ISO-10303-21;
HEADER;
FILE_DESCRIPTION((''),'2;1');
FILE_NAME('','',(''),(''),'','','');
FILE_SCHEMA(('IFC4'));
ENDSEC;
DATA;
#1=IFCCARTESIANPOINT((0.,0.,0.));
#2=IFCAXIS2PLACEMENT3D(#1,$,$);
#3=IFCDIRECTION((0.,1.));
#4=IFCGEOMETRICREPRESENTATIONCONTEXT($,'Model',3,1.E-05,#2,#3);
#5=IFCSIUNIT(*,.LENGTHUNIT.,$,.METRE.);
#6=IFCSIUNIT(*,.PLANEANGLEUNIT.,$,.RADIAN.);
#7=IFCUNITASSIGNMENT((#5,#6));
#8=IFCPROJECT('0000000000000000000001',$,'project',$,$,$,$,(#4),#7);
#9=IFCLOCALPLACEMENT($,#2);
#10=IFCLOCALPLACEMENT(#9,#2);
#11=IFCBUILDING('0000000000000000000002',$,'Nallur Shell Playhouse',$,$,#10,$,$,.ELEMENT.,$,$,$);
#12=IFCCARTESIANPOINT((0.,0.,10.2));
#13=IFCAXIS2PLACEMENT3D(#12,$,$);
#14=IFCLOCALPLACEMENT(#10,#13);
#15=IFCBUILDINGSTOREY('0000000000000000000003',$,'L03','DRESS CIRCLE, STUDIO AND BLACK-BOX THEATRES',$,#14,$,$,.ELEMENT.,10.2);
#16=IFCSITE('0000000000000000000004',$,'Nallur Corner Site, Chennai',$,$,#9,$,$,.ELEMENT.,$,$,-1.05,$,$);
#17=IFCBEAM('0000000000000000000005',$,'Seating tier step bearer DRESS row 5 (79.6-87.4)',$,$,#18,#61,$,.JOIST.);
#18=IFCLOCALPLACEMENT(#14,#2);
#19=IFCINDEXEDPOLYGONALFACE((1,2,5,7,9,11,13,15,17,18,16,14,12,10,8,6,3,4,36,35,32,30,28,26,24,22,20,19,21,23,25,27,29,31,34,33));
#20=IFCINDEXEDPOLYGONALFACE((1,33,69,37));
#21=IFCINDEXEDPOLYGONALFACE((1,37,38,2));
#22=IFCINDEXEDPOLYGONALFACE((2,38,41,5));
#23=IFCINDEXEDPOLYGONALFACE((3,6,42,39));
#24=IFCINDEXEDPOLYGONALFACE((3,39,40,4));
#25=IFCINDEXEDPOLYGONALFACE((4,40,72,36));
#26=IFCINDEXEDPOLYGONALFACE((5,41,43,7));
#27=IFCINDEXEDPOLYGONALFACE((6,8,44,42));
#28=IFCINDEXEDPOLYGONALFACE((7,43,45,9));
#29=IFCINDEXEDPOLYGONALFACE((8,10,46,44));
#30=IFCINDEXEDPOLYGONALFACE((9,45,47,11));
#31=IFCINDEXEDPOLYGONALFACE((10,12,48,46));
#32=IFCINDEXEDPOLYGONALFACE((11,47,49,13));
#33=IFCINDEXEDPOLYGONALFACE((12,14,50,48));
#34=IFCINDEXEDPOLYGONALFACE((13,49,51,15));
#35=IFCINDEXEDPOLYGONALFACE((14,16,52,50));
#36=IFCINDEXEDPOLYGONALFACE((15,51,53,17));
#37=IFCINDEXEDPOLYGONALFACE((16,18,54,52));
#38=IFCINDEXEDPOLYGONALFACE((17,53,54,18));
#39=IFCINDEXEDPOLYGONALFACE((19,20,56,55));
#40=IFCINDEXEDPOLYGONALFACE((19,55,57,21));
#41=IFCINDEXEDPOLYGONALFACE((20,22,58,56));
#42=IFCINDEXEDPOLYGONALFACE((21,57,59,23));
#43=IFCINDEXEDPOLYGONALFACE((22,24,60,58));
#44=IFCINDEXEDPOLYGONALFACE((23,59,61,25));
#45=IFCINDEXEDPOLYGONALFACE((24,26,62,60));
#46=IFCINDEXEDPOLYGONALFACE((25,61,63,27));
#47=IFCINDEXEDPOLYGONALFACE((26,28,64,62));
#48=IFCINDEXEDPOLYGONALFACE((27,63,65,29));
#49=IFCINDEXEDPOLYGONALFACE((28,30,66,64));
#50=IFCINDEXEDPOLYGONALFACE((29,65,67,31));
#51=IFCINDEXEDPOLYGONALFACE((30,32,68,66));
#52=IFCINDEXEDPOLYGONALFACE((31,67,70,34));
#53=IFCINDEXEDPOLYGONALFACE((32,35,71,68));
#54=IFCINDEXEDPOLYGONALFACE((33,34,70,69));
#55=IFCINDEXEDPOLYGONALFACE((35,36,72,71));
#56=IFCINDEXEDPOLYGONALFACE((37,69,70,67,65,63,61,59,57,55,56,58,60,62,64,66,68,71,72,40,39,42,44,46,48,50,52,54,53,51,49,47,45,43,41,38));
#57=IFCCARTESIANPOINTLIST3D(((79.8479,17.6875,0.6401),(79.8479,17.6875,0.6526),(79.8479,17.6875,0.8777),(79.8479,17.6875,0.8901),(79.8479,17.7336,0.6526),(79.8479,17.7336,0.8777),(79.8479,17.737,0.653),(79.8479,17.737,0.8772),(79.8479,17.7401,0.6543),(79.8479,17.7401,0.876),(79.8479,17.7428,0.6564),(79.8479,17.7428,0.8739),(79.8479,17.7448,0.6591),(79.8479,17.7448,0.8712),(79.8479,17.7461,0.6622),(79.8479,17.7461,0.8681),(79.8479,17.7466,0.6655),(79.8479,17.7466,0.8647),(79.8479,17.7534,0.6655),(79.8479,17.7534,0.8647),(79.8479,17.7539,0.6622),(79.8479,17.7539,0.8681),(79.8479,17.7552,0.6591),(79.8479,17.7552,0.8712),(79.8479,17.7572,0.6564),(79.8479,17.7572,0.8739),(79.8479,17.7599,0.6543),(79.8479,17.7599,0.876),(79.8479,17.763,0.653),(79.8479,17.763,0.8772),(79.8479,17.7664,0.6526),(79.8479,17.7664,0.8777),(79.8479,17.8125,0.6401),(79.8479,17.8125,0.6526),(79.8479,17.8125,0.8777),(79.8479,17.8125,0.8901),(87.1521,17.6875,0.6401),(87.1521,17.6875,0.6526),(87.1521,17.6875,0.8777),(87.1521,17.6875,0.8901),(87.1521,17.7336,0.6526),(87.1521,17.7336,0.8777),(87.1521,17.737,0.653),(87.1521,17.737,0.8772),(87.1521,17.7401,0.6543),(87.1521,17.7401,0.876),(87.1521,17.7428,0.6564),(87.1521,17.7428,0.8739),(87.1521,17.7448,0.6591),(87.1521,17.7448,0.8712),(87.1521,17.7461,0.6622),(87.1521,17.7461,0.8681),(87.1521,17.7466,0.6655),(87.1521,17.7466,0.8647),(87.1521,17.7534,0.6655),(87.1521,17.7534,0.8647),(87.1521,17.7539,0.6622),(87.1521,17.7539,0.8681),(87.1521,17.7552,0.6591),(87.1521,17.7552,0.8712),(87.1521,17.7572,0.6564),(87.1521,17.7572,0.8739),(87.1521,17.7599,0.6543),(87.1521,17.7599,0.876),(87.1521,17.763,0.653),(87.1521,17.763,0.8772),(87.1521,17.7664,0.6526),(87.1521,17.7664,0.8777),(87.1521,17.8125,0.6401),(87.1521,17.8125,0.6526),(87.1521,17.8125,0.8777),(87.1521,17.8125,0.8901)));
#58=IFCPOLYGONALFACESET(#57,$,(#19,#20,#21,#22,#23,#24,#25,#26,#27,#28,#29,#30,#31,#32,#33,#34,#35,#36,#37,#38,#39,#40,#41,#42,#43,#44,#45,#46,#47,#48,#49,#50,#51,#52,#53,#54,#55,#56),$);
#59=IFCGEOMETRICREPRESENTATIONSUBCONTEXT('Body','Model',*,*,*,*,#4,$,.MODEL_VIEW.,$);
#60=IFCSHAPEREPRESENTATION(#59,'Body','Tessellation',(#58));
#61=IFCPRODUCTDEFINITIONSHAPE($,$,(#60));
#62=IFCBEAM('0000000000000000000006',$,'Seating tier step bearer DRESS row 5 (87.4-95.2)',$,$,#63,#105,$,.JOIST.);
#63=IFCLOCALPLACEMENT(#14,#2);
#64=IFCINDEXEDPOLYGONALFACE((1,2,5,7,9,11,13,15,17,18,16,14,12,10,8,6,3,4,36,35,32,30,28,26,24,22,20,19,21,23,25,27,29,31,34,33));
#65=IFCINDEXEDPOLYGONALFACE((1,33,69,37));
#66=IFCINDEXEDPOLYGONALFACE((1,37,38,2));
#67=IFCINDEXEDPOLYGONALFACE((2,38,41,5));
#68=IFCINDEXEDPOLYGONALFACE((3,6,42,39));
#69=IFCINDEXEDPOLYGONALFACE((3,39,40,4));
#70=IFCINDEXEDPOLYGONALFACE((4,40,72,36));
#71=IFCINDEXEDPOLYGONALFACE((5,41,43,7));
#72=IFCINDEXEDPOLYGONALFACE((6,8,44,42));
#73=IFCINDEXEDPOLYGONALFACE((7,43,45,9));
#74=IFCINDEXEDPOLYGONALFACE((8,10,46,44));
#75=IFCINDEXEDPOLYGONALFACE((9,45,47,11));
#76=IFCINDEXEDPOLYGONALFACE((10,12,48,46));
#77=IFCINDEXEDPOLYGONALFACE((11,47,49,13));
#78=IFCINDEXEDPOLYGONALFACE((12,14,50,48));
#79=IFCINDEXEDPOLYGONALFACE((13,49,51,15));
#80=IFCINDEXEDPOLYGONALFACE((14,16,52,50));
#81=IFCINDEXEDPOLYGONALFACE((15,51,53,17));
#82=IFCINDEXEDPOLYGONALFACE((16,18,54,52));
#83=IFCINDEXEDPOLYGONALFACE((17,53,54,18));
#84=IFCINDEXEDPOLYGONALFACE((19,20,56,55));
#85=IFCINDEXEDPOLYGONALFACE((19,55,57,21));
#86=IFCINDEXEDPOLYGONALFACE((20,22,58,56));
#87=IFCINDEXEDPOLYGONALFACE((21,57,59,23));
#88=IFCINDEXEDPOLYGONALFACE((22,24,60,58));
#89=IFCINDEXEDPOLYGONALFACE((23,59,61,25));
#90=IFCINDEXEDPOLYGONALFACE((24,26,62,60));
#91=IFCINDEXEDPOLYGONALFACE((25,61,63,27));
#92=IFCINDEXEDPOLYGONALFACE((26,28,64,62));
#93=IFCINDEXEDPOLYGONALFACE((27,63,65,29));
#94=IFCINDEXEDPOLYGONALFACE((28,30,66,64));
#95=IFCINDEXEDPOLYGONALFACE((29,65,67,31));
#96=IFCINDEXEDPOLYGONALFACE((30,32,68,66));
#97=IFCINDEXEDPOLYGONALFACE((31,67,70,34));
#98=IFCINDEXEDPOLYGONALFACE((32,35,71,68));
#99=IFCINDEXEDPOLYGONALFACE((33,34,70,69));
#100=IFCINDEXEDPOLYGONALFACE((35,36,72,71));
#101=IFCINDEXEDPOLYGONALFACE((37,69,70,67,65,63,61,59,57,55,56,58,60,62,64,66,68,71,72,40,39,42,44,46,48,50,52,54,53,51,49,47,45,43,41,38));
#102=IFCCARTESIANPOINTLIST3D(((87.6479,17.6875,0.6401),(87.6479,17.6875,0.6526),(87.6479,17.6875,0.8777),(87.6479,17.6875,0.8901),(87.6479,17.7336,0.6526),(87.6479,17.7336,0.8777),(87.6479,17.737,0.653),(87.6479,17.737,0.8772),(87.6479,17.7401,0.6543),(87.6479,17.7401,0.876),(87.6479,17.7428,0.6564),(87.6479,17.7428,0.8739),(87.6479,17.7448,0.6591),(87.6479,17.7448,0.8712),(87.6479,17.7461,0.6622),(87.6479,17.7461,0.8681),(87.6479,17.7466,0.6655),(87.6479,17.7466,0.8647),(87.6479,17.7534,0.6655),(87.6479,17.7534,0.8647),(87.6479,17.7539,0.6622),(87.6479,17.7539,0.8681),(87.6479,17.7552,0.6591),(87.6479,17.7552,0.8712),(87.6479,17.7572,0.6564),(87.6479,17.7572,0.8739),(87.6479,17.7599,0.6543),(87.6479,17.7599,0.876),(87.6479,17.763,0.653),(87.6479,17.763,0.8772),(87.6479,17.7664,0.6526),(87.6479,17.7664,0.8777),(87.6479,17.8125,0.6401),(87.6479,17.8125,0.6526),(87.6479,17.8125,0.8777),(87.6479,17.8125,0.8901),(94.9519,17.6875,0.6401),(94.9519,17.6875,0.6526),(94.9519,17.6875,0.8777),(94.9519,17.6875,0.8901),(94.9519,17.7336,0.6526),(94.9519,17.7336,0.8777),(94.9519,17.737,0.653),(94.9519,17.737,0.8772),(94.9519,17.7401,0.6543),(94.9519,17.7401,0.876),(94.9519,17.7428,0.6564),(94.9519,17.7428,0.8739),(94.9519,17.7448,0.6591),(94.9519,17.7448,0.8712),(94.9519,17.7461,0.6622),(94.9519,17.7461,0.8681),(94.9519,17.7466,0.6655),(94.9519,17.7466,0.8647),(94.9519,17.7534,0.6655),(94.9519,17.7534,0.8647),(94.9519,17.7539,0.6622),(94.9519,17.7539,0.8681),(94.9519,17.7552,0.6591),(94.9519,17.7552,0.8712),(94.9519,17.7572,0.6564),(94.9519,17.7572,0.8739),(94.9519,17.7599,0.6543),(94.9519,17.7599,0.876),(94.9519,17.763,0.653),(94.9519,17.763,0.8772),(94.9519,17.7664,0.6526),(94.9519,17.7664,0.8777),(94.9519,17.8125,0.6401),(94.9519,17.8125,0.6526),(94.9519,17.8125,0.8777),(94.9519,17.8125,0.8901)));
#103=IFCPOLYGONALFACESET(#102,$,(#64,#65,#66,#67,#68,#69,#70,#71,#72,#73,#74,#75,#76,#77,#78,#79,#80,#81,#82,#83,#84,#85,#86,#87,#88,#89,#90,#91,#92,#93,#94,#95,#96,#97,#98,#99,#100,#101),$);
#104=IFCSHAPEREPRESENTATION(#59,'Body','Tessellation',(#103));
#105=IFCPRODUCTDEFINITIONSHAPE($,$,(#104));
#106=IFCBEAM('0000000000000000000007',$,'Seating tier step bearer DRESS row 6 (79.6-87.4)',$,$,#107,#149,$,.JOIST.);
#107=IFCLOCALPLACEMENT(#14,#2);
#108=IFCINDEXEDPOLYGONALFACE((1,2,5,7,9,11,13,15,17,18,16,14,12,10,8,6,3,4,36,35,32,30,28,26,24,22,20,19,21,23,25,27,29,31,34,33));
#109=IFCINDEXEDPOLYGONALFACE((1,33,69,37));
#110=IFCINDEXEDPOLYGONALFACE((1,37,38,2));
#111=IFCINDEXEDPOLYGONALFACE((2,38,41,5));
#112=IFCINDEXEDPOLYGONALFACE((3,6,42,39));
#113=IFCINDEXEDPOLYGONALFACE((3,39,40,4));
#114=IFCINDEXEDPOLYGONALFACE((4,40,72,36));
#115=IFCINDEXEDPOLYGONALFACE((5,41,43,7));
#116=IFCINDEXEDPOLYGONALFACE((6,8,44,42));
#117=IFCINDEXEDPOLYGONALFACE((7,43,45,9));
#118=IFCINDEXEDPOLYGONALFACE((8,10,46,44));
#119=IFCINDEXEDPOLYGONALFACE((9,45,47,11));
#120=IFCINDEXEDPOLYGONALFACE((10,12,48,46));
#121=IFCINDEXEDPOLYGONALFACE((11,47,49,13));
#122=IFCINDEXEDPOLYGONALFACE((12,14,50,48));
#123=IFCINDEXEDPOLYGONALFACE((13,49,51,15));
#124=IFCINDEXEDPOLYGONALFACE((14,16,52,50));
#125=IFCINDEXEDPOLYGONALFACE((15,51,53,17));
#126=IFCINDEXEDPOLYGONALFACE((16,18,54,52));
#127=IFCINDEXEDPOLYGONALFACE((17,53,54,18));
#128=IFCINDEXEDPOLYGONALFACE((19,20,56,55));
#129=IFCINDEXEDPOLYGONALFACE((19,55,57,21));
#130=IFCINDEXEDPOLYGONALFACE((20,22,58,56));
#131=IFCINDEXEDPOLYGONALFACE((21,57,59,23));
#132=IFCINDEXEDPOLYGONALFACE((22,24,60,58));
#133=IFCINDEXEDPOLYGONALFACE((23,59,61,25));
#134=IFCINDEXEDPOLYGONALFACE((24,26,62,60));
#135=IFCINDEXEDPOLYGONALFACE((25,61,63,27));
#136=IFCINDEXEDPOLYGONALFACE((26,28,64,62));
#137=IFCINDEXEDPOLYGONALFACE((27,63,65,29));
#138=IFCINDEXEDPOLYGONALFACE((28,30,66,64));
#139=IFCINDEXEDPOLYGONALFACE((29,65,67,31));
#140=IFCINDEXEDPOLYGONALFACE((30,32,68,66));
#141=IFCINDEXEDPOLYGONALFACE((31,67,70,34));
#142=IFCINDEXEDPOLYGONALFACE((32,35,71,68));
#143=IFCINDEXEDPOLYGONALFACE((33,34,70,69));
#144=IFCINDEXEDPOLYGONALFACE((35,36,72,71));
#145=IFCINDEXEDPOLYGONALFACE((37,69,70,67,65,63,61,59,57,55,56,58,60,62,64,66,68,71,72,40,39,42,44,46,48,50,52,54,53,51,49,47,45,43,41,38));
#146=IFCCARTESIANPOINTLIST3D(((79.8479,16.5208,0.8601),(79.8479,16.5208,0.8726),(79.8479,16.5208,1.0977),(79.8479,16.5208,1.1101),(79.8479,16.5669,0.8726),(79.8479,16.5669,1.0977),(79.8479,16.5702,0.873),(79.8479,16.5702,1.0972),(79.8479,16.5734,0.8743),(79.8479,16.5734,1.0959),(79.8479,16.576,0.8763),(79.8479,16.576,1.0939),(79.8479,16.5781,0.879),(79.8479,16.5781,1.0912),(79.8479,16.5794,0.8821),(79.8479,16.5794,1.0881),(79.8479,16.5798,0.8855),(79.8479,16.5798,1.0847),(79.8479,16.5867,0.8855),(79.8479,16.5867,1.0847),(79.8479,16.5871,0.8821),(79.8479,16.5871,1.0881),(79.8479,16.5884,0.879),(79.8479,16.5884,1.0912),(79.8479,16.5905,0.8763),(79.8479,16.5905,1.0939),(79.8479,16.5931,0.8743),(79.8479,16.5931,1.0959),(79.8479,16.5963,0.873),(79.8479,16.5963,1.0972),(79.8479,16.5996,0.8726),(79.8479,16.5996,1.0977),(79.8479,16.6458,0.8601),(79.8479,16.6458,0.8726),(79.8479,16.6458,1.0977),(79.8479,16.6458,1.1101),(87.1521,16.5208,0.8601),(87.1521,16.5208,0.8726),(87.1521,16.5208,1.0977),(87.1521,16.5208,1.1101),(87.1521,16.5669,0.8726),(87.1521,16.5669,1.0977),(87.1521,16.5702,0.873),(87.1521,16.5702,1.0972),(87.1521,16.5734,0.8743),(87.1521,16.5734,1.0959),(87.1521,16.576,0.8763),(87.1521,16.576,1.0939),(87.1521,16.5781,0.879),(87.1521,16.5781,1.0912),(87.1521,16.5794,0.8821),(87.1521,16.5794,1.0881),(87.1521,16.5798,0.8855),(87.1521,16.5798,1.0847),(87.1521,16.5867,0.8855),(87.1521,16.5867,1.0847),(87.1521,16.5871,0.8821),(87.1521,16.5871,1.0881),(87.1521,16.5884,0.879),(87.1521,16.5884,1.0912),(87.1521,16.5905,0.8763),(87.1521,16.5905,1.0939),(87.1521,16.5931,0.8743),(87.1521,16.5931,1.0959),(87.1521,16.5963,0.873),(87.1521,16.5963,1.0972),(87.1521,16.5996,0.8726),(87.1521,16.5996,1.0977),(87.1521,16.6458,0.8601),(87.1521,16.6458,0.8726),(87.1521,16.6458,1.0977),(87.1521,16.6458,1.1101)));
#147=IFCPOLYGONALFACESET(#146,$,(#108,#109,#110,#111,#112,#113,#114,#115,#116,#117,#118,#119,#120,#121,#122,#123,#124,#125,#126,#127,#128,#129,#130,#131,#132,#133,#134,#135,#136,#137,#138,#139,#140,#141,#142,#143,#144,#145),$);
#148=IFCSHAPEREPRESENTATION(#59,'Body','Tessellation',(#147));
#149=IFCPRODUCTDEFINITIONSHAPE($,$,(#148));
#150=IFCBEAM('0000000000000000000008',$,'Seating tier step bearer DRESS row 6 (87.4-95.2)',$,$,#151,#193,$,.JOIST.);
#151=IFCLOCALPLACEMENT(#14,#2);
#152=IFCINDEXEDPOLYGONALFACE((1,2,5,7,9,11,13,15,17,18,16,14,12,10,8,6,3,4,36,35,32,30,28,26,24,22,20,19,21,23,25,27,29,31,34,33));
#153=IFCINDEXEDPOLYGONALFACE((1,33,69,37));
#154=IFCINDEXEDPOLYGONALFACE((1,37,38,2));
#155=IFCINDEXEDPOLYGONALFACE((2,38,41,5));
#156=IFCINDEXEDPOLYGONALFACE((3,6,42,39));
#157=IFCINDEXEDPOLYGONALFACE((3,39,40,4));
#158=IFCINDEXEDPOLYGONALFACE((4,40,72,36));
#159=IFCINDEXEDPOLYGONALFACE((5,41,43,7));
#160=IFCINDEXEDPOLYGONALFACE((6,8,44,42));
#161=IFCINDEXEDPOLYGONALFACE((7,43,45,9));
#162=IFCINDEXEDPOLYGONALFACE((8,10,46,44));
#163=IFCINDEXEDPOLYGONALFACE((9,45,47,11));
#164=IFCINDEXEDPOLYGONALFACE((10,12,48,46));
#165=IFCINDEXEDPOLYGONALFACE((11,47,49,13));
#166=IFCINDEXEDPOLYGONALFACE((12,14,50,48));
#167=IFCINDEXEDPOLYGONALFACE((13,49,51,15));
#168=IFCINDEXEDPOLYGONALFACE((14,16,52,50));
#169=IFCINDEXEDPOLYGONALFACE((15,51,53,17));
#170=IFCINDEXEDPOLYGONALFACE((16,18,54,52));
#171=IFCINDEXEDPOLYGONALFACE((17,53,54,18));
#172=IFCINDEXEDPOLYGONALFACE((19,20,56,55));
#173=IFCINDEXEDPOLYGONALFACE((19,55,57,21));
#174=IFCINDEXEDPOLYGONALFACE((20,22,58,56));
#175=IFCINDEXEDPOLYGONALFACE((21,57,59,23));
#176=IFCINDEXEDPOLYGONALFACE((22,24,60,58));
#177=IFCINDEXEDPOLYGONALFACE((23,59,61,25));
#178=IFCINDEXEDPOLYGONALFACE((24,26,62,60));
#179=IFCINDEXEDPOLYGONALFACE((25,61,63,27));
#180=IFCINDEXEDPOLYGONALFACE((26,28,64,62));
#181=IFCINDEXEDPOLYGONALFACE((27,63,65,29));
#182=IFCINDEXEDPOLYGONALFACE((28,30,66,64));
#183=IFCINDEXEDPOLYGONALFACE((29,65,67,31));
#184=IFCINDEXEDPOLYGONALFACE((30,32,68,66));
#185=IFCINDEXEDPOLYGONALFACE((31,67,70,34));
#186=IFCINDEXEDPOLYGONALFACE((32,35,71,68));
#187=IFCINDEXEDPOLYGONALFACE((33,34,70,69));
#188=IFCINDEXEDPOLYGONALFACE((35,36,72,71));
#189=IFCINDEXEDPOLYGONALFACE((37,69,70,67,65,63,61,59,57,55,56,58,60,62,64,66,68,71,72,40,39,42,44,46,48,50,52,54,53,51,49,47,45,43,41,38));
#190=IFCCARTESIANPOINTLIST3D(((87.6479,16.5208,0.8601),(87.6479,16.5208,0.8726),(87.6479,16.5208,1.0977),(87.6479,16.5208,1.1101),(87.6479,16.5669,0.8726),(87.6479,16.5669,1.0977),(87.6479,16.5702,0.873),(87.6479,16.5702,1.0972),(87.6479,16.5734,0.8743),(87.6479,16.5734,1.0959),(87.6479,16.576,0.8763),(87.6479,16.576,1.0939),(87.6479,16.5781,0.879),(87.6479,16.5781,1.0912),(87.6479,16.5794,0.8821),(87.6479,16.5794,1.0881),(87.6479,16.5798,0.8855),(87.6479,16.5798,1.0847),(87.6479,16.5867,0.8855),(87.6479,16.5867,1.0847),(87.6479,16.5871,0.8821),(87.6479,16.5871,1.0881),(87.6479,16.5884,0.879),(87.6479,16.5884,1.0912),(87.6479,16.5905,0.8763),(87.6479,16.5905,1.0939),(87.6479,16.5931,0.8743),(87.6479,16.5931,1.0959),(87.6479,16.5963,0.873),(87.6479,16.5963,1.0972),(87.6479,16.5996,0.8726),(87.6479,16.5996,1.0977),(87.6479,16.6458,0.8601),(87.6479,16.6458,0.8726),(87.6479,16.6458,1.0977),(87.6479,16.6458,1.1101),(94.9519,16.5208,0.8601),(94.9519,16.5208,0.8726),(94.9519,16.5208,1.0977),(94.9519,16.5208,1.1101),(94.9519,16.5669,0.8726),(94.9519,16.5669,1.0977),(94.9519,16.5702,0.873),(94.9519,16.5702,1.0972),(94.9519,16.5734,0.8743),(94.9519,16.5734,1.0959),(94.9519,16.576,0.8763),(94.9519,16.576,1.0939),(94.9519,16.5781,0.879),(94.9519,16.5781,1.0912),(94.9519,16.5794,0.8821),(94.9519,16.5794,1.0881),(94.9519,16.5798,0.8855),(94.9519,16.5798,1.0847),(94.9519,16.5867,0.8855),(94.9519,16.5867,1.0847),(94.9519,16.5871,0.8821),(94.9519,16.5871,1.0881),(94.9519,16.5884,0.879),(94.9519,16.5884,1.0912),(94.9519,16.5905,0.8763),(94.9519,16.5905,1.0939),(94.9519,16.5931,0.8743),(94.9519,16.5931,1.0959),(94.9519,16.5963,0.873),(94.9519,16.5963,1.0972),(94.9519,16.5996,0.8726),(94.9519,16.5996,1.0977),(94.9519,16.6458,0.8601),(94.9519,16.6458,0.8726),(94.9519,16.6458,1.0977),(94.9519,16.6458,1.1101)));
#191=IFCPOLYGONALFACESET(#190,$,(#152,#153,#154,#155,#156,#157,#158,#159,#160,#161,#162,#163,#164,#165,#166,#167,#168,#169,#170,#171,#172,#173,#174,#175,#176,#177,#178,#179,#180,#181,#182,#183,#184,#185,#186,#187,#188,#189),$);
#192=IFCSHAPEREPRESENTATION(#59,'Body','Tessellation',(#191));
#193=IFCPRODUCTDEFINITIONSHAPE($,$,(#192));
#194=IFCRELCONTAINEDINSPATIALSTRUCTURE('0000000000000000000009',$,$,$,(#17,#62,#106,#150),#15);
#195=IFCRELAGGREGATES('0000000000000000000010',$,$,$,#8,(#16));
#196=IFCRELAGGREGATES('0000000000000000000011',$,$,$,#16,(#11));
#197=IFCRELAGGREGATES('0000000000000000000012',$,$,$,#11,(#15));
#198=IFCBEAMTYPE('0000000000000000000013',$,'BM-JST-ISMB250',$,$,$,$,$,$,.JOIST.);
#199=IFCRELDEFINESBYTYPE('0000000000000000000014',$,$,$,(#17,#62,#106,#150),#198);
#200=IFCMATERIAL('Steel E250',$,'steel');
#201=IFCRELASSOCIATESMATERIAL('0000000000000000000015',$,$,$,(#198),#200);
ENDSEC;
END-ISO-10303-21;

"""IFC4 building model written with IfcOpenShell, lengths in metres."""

from ifc_helpers import new_model, si_unit, direction, frame, origin, origin_2d, place, context, subcontext, project, spatial, i_section, extrude, material, material_profile, profile_set, type_object, element, save


model = new_model("IFC4")

# Units and contexts
model_context = context("Model", 3, precision=1e-05, world=origin(), true_north=direction((0.0, 1.0)))
body_context = subcontext(model_context, "Body", "Model", "MODEL_VIEW")
ifc_project = project(units=[si_unit("LENGTHUNIT", "METRE"), si_unit("PLANEANGLEUNIT", "RADIAN")], contexts=[model_context])

# Site, building, storey
site_placement = place(None, origin())
site = spatial("IfcSite", under=ifc_project, at=site_placement, Name="Nallur Corner Site, Chennai", CompositionType="ELEMENT", RefElevation=-1.05)
building_placement = place(site_placement, origin())
building = spatial("IfcBuilding", under=site, at=building_placement, Name="Nallur Shell Playhouse", CompositionType="ELEMENT")
storey_placement = place(building_placement, frame((0.0, 0.0, 10.2)))
storey = spatial("IfcBuildingStorey", under=building, at=storey_placement, Name="L03", Description="DRESS CIRCLE, STUDIO AND BLACK-BOX THEATRES", CompositionType="ELEMENT", Elevation=10.2)

# Beams
ifc_material_1 = material(Name="Steel E250", Category="steel")
ifc_material_profile_1 = material_profile(ifc_material_1, i_section(OverallWidth=0.125, OverallDepth=0.25, WebThickness=0.0068, FlangeThickness=0.0125, FilletRadius=0.0129, at=origin_2d()), Name="ISMB 250")
ifc_profile_set_1 = profile_set([ifc_material_profile_1], Name="Steel E250")
beam_type_1 = type_object("IfcBeamType", Name="BM-JST-ISMB250", PredefinedType="JOIST", material=ifc_profile_set_1)
beam_1_placement = place(storey_placement, frame((79.8479, 17.75, 0.7651), z_axis=(1.0, 0.0, 0.0), x_axis=(0.0, 1.0, 0.0)))
element("IfcBeam", 1, at=beam_1_placement, inside=storey, type_object=beam_type_1, Name="Seating tier step bearer DRESS row 5 (79.6-87.4)", PredefinedType="JOIST", context=body_context, shape_type="SweptSolid", body=[
    extrude(i_section(OverallWidth=0.125, OverallDepth=0.25, WebThickness=0.0068, FlangeThickness=0.0125, FilletRadius=0.0129, at=origin_2d()), origin(), (0.0, 0.0, 1.0), 7.3042),
])
beam_2_placement = place(storey_placement, frame((87.6479, 17.75, 0.7651), z_axis=(1.0, 0.0, 0.0), x_axis=(0.0, 1.0, 0.0)))
element("IfcBeam", 2, at=beam_2_placement, inside=storey, type_object=beam_type_1, Name="Seating tier step bearer DRESS row 5 (87.4-95.2)", PredefinedType="JOIST", context=body_context, shape_type="SweptSolid", body=[
    extrude(i_section(OverallWidth=0.125, OverallDepth=0.25, WebThickness=0.0068, FlangeThickness=0.0125, FilletRadius=0.0129, at=origin_2d()), origin(), (0.0, 0.0, 1.0), 7.304),
])
beam_3_placement = place(storey_placement, frame((79.8479, 16.5833, 0.9851), z_axis=(1.0, 0.0, 0.0), x_axis=(0.0, 1.0, 0.0)))
element("IfcBeam", 3, at=beam_3_placement, inside=storey, type_object=beam_type_1, Name="Seating tier step bearer DRESS row 6 (79.6-87.4)", PredefinedType="JOIST", context=body_context, shape_type="SweptSolid", body=[
    extrude(i_section(OverallWidth=0.125, OverallDepth=0.25, WebThickness=0.0068, FlangeThickness=0.0125, FilletRadius=0.0129, at=origin_2d()), origin(), (0.0, 0.0, 1.0), 7.3042),
])
for number, where, z_axis, x_axis, name in (
    (4, (87.6479, 16.5833, 0.9851), (1.0, 0.0, 0.0), (0.0, 1.0, 0.0), "Seating tier step bearer DRESS row 6 (87.4-95.2)"),
):
    element("IfcBeam", number, at=place(storey_placement, frame(where, z_axis=z_axis, x_axis=x_axis)), inside=storey, type_object=beam_type_1, Name=name, PredefinedType="JOIST", context=body_context, shape_type="SweptSolid", body=[
        extrude(i_section(OverallWidth=0.125, OverallDepth=0.25, WebThickness=0.0068, FlangeThickness=0.0125, FilletRadius=0.0129, at=origin_2d()), origin(), (0.0, 0.0, 1.0), 7.304),
    ])

save(model, "model.ifc")
